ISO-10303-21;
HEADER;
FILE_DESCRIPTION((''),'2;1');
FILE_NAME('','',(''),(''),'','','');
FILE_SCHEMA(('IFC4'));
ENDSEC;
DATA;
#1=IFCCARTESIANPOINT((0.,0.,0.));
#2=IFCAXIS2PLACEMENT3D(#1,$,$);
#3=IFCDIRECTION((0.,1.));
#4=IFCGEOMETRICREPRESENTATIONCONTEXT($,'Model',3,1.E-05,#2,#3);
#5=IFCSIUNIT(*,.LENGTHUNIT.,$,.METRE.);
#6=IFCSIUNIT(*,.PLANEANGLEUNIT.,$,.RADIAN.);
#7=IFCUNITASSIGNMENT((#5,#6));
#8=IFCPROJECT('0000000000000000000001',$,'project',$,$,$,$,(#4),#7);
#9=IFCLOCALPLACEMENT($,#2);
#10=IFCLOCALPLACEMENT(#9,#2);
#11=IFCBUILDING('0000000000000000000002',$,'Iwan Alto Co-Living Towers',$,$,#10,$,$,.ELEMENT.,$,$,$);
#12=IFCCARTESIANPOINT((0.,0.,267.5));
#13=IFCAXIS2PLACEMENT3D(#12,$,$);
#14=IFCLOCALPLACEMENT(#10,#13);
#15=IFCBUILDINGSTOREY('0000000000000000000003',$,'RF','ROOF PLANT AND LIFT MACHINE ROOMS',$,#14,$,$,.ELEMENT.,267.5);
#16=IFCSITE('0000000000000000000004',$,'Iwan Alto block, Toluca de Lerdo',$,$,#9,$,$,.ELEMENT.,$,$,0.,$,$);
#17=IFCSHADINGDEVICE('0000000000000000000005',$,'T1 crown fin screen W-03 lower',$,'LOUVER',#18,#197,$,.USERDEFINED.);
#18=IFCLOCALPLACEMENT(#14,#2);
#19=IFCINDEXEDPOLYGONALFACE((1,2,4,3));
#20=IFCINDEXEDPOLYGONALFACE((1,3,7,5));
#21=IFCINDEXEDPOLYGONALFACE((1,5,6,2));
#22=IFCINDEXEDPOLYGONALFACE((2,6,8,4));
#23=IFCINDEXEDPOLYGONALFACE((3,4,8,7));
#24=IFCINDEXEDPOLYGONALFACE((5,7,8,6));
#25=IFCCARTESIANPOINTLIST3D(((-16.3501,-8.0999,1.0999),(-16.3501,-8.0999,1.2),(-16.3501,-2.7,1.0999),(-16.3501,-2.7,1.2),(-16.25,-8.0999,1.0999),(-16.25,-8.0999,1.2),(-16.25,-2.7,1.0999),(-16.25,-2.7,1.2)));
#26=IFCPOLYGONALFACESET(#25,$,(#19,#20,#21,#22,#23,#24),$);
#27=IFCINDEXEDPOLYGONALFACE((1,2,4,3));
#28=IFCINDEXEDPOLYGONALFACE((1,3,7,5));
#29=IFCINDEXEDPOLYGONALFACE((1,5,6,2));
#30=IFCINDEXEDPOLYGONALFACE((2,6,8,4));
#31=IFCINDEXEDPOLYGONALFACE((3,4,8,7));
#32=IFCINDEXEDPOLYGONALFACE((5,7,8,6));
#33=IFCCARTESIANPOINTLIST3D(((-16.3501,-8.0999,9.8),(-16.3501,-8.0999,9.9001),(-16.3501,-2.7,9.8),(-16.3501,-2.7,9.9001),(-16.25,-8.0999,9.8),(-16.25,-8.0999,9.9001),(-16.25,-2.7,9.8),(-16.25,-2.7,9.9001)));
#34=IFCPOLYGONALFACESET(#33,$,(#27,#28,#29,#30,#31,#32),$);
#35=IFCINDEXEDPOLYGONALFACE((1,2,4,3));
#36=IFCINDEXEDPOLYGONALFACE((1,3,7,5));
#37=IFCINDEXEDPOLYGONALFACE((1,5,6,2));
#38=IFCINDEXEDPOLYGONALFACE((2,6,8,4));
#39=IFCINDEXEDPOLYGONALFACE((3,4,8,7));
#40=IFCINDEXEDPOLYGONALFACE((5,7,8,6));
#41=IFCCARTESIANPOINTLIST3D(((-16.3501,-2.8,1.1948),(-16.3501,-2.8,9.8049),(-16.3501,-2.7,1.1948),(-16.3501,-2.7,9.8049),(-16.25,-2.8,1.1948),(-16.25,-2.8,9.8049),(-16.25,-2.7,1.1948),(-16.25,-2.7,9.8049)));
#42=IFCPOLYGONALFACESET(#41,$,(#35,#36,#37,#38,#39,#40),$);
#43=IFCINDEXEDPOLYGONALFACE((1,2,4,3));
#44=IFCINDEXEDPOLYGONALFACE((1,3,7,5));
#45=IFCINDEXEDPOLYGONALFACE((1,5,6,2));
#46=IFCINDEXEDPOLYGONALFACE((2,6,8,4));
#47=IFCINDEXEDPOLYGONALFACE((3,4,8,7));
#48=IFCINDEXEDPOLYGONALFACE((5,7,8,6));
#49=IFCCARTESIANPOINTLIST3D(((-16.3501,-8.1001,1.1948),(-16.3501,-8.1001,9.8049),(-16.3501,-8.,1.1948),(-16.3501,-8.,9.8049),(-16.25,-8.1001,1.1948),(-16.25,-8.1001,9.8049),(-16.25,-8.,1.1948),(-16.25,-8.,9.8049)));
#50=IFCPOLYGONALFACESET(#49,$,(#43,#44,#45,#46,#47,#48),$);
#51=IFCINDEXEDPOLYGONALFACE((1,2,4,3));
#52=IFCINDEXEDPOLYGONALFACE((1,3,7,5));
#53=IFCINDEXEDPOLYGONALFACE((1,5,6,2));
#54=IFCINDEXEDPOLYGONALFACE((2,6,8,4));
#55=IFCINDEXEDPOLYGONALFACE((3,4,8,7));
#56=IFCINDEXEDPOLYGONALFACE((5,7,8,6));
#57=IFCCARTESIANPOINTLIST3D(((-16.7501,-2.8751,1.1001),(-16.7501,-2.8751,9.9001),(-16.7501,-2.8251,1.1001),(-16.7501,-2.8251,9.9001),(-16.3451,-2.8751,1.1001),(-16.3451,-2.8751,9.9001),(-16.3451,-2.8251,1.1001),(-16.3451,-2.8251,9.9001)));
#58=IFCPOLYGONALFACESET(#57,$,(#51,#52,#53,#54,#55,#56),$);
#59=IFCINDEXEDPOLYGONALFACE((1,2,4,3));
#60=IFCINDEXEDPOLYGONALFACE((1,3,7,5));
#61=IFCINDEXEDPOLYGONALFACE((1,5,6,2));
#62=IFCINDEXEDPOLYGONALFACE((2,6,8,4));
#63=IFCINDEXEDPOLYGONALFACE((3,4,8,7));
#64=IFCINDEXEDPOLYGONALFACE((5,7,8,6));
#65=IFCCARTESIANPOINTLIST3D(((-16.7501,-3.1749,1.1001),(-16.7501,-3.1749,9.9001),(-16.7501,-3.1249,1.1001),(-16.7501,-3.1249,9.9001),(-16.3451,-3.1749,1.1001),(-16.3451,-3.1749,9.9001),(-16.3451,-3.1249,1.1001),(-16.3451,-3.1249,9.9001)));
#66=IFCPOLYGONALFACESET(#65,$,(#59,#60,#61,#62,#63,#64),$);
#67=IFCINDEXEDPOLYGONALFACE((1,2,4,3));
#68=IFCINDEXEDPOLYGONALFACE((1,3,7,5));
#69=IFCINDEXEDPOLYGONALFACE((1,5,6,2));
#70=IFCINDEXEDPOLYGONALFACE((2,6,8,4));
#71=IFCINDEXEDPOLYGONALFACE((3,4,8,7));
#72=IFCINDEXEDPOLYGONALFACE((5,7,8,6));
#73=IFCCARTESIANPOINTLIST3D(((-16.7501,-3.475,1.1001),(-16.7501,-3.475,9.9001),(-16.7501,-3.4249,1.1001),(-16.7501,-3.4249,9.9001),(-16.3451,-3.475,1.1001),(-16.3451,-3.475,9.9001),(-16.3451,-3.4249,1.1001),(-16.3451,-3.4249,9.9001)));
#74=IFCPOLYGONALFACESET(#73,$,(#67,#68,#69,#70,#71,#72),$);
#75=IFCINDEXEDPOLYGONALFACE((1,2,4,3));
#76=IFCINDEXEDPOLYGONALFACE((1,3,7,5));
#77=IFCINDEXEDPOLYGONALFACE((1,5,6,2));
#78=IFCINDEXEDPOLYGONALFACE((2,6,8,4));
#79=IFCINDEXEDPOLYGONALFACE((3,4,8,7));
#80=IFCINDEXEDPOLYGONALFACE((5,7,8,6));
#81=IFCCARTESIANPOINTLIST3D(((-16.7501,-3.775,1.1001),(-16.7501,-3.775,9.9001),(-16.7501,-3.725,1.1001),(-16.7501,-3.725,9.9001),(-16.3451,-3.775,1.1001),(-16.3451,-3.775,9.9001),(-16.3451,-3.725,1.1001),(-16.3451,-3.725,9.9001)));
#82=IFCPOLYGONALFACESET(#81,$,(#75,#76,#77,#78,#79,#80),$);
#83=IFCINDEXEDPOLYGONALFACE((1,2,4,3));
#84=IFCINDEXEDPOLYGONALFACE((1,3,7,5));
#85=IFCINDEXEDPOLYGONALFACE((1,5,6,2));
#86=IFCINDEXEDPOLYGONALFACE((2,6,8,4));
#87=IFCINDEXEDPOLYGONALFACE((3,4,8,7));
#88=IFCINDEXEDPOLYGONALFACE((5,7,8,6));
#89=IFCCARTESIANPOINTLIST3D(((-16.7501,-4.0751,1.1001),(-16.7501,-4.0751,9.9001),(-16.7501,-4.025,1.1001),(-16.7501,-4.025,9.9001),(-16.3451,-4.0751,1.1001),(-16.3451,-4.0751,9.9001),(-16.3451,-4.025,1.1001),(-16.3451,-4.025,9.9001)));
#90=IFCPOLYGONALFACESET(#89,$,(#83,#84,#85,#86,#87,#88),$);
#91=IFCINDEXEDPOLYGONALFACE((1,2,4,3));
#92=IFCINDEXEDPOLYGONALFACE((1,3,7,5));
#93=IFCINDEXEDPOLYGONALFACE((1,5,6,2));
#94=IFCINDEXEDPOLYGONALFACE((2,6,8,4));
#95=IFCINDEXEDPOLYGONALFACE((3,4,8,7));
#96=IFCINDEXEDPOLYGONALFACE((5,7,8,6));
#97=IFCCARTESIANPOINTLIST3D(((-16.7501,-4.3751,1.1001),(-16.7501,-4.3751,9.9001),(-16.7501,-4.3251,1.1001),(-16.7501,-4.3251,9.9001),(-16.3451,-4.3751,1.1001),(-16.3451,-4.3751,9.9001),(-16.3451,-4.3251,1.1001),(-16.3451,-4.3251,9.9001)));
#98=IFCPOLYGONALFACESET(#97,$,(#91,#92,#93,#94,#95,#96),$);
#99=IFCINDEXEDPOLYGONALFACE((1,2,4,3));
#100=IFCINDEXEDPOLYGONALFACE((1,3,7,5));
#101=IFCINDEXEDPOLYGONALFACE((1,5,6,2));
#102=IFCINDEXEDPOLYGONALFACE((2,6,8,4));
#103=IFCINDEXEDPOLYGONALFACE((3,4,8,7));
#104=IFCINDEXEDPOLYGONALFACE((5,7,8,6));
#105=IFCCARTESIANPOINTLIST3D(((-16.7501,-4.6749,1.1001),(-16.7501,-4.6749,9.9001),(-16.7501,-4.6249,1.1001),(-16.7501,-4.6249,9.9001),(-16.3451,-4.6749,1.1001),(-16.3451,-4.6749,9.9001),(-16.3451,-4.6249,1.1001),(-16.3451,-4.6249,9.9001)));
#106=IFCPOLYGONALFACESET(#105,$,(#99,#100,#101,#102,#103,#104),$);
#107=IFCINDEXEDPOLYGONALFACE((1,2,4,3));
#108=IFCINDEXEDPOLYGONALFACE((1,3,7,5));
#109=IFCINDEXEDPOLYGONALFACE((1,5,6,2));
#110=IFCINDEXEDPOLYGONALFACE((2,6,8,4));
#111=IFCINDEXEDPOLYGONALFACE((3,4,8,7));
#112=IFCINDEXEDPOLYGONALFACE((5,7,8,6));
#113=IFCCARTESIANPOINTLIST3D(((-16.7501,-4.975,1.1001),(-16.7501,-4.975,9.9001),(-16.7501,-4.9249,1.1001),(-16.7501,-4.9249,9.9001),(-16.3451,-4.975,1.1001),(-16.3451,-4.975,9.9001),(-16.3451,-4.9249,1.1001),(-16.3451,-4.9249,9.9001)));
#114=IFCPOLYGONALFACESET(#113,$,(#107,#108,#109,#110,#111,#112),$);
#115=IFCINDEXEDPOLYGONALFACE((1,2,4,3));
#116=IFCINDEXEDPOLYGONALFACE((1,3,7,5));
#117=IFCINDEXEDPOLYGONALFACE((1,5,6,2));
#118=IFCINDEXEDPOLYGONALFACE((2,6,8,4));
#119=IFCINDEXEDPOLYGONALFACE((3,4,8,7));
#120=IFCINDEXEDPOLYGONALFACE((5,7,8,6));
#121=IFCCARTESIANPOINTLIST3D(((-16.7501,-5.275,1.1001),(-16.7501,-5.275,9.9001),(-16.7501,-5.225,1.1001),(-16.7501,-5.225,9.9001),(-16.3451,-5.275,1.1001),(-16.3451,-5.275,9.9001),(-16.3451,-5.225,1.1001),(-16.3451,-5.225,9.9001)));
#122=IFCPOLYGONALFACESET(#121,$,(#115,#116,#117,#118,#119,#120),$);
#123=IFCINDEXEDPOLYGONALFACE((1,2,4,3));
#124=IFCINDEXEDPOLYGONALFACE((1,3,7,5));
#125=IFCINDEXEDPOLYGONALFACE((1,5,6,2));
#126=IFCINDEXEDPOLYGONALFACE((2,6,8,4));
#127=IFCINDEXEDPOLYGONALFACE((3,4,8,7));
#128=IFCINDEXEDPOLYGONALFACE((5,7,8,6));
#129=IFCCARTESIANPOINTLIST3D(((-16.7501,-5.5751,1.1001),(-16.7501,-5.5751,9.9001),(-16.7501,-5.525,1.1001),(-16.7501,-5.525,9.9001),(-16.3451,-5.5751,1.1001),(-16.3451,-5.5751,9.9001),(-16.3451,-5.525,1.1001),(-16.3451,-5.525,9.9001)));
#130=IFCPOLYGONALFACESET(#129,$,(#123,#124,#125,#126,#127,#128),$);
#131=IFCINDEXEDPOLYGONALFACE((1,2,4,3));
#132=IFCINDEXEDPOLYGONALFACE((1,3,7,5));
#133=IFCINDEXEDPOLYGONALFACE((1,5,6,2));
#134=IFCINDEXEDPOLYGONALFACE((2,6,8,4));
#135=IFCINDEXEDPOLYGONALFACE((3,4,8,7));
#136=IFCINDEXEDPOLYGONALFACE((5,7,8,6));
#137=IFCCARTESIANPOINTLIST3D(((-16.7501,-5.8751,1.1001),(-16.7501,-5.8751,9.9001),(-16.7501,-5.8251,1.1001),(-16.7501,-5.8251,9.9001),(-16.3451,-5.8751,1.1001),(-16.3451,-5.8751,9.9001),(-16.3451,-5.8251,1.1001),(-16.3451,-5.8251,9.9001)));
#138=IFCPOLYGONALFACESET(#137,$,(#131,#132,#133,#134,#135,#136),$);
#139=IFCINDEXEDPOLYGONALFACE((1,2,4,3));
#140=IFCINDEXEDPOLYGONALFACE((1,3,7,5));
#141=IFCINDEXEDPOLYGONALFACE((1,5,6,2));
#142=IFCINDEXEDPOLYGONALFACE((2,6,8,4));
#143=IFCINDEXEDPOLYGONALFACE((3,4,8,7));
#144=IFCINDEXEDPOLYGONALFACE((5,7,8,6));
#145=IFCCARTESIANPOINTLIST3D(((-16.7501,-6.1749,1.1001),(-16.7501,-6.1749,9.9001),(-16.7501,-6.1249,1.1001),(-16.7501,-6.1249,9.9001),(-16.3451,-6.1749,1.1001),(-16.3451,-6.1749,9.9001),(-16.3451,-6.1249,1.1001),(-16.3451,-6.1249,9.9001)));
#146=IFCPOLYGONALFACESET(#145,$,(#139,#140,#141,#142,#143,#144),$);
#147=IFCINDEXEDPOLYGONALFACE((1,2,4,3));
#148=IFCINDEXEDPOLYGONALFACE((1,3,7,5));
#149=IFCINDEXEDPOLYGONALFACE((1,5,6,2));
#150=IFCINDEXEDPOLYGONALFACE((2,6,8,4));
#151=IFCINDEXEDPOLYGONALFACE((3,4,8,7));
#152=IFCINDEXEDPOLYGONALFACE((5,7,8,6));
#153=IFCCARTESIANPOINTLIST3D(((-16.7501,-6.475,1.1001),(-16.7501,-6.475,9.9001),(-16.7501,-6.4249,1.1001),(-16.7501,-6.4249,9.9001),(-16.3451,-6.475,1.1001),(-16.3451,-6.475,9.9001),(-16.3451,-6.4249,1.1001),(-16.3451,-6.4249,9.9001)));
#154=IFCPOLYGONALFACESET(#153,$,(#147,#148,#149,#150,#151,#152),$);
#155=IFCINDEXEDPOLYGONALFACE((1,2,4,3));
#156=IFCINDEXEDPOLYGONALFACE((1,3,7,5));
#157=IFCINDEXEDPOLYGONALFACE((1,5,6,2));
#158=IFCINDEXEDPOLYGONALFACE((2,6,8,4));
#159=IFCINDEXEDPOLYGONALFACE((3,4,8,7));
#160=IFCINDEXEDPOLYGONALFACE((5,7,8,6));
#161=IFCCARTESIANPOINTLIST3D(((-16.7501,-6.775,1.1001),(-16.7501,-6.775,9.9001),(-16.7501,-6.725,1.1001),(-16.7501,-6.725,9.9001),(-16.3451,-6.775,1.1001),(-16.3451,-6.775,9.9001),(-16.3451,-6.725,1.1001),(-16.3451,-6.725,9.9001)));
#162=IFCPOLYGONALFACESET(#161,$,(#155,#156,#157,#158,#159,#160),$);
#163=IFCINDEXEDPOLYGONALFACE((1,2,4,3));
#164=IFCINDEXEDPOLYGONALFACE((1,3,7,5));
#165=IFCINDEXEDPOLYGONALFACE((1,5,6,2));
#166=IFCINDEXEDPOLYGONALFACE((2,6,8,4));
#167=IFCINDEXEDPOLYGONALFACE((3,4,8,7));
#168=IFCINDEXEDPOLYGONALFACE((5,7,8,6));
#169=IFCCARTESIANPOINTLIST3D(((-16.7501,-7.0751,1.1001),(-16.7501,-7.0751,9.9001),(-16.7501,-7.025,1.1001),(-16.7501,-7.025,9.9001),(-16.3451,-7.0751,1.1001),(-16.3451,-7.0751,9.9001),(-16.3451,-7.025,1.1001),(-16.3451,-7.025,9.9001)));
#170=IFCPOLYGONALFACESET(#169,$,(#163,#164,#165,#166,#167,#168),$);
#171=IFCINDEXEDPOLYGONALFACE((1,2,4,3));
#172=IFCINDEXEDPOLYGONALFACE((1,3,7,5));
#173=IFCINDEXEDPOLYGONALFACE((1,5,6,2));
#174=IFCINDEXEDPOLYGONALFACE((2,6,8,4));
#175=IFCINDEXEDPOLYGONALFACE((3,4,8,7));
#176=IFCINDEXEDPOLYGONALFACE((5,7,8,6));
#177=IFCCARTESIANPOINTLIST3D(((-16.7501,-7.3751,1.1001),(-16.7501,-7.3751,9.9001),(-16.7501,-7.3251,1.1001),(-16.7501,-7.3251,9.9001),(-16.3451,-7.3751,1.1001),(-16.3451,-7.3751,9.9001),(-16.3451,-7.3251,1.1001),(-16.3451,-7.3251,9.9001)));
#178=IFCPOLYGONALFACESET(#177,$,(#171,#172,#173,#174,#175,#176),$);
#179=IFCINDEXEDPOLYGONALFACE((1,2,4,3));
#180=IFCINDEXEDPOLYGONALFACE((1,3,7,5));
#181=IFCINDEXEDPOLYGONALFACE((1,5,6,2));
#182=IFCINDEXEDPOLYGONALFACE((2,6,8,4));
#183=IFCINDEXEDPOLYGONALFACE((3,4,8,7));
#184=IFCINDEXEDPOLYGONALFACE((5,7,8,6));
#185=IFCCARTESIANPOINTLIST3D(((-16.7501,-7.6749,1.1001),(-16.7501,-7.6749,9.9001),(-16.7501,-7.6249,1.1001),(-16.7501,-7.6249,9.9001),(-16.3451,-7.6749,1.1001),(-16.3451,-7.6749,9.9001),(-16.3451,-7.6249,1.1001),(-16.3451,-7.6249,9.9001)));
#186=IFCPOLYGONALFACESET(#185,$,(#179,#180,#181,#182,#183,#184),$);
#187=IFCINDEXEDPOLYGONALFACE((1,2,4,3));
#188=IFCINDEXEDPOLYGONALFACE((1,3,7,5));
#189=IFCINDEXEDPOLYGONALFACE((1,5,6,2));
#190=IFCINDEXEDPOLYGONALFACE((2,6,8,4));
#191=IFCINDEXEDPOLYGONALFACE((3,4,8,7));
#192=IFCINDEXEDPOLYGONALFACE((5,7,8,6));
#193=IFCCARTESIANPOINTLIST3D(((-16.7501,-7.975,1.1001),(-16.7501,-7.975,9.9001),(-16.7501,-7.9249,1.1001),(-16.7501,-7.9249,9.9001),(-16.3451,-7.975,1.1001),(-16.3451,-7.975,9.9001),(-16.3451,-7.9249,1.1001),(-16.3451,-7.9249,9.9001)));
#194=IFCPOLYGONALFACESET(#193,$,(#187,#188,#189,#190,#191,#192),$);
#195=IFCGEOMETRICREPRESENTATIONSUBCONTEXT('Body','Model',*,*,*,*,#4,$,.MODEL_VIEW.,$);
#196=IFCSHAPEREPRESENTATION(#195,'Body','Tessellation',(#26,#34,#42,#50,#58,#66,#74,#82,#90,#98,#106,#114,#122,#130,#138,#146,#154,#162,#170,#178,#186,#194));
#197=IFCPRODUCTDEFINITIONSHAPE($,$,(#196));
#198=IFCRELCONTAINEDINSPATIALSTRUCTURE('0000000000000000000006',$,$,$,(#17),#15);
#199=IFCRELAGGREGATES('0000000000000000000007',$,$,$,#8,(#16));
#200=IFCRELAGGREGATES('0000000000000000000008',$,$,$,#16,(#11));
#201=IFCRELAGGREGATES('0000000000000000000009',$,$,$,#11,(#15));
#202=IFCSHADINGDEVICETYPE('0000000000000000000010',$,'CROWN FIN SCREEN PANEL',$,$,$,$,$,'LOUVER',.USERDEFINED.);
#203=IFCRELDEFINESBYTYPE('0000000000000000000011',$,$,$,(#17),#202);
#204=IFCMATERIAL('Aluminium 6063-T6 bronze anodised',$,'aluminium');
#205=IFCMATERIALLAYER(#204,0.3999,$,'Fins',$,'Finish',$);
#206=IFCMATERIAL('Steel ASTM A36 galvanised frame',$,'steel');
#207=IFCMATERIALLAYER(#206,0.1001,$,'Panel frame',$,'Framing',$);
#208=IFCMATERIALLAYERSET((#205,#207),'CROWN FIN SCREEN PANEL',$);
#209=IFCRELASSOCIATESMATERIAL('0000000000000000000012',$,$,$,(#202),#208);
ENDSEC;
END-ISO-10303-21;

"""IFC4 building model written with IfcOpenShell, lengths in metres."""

from ifc_helpers import new_model, si_unit, direction, frame, origin, origin_2d, place, context, subcontext, project, spatial, rectangle, extrude, material, layer, layer_set, type_object, element, save


model = new_model("IFC4")

# Units and contexts
model_context = context("Model", 3, precision=1e-05, world=origin(), true_north=direction((0.0, 1.0)))
body_context = subcontext(model_context, "Body", "Model", "MODEL_VIEW")
ifc_project = project(units=[si_unit("LENGTHUNIT", "METRE"), si_unit("PLANEANGLEUNIT", "RADIAN")], contexts=[model_context])

# Site, building, storey
site_placement = place(None, origin())
site = spatial("IfcSite", under=ifc_project, at=site_placement, Name="Iwan Alto block, Toluca de Lerdo", CompositionType="ELEMENT", RefElevation=0.0)
building_placement = place(site_placement, origin())
building = spatial("IfcBuilding", under=site, at=building_placement, Name="Iwan Alto Co-Living Towers", CompositionType="ELEMENT")
storey_placement = place(building_placement, frame((0.0, 0.0, 267.5)))
storey = spatial("IfcBuildingStorey", under=building, at=storey_placement, Name="RF", Description="ROOF PLANT AND LIFT MACHINE ROOMS", CompositionType="ELEMENT", Elevation=267.5)

# Shading device
ifc_material_1 = material(Name="Aluminium 6063-T6 bronze anodised", Category="aluminium")
ifc_layer_1 = layer(ifc_material_1, 0.3999, Name="Fins", Category="Finish")
ifc_material_2 = material(Name="Steel ASTM A36 galvanised frame", Category="steel")
ifc_layer_2 = layer(ifc_material_2, 0.1001, Name="Panel frame", Category="Framing")
ifc_layer_set = layer_set([ifc_layer_1, ifc_layer_2], Name="CROWN FIN SCREEN PANEL")
shading_device_type = type_object("IfcShadingDeviceType", Name="CROWN FIN SCREEN PANEL", ElementType="LOUVER", PredefinedType="USERDEFINED", material=ifc_layer_set)
shading_device_1_placement = place(storey_placement, frame((0.0, 0.0, -267.5)))
element("IfcShadingDevice", 1, at=shading_device_1_placement, inside=storey, type_object=shading_device_type, Name="T1 crown fin screen W-03 lower", ObjectType="LOUVER", PredefinedType="USERDEFINED", context=body_context, shape_type="SweptSolid", body=[
    extrude(rectangle(XDim=5.3999, YDim=0.1001, at=origin_2d()), frame((-16.3, -5.3999, 268.5999), z_axis=(0.0, 0.0, 1.0), x_axis=(0.0, -1.0, 0.0)), (0.0, 0.0, 1.0), 0.1001),
    extrude(rectangle(XDim=5.3999, YDim=0.1001, at=origin_2d()), frame((-16.3, -5.3999, 277.3), z_axis=(0.0, 0.0, 1.0), x_axis=(0.0, -1.0, 0.0)), (0.0, 0.0, 1.0), 0.1001),
    extrude(rectangle(XDim=0.1001, YDim=0.1001, at=origin_2d()), frame((-16.3, -2.75, 268.6948), z_axis=(0.0, 0.0, 1.0), x_axis=(0.0, -1.0, 0.0)), (0.0, 0.0, 1.0), 8.6101),
    extrude(rectangle(XDim=0.1001, YDim=0.1001, at=origin_2d()), frame((-16.3, -8.05, 268.6948), z_axis=(0.0, 0.0, 1.0), x_axis=(0.0, -1.0, 0.0)), (0.0, 0.0, 1.0), 8.6101),
    extrude(rectangle(XDim=0.05, YDim=0.405, at=origin_2d()), frame((-16.5476, -2.8501, 268.6001), z_axis=(0.0, 0.0, 1.0), x_axis=(0.0, -1.0, 0.0)), (0.0, 0.0, 1.0), 8.8),
    extrude(rectangle(XDim=0.05, YDim=0.405, at=origin_2d()), frame((-16.5476, -3.1499, 268.6001), z_axis=(0.0, 0.0, 1.0), x_axis=(0.0, -1.0, 0.0)), (0.0, 0.0, 1.0), 8.8),
    extrude(rectangle(XDim=0.05, YDim=0.405, at=origin_2d()), frame((-16.5476, -3.45, 268.6001), z_axis=(0.0, 0.0, 1.0), x_axis=(0.0, -1.0, 0.0)), (0.0, 0.0, 1.0), 8.8),
    extrude(rectangle(XDim=0.05, YDim=0.405, at=origin_2d()), frame((-16.5476, -3.75, 268.6001), z_axis=(0.0, 0.0, 1.0), x_axis=(0.0, -1.0, 0.0)), (0.0, 0.0, 1.0), 8.8),
    extrude(rectangle(XDim=0.05, YDim=0.405, at=origin_2d()), frame((-16.5476, -4.05, 268.6001), z_axis=(0.0, 0.0, 1.0), x_axis=(0.0, -1.0, 0.0)), (0.0, 0.0, 1.0), 8.8),
    extrude(rectangle(XDim=0.05, YDim=0.405, at=origin_2d()), frame((-16.5476, -4.3501, 268.6001), z_axis=(0.0, 0.0, 1.0), x_axis=(0.0, -1.0, 0.0)), (0.0, 0.0, 1.0), 8.8),
    extrude(rectangle(XDim=0.05, YDim=0.405, at=origin_2d()), frame((-16.5476, -4.6499, 268.6001), z_axis=(0.0, 0.0, 1.0), x_axis=(0.0, -1.0, 0.0)), (0.0, 0.0, 1.0), 8.8),
    extrude(rectangle(XDim=0.05, YDim=0.405, at=origin_2d()), frame((-16.5476, -4.95, 268.6001), z_axis=(0.0, 0.0, 1.0), x_axis=(0.0, -1.0, 0.0)), (0.0, 0.0, 1.0), 8.8),
    extrude(rectangle(XDim=0.05, YDim=0.405, at=origin_2d()), frame((-16.5476, -5.25, 268.6001), z_axis=(0.0, 0.0, 1.0), x_axis=(0.0, -1.0, 0.0)), (0.0, 0.0, 1.0), 8.8),
    extrude(rectangle(XDim=0.05, YDim=0.405, at=origin_2d()), frame((-16.5476, -5.55, 268.6001), z_axis=(0.0, 0.0, 1.0), x_axis=(0.0, -1.0, 0.0)), (0.0, 0.0, 1.0), 8.8),
    extrude(rectangle(XDim=0.05, YDim=0.405, at=origin_2d()), frame((-16.5476, -5.8501, 268.6001), z_axis=(0.0, 0.0, 1.0), x_axis=(0.0, -1.0, 0.0)), (0.0, 0.0, 1.0), 8.8),
    extrude(rectangle(XDim=0.05, YDim=0.405, at=origin_2d()), frame((-16.5476, -6.1499, 268.6001), z_axis=(0.0, 0.0, 1.0), x_axis=(0.0, -1.0, 0.0)), (0.0, 0.0, 1.0), 8.8),
    extrude(rectangle(XDim=0.05, YDim=0.405, at=origin_2d()), frame((-16.5476, -6.45, 268.6001), z_axis=(0.0, 0.0, 1.0), x_axis=(0.0, -1.0, 0.0)), (0.0, 0.0, 1.0), 8.8),
    extrude(rectangle(XDim=0.05, YDim=0.405, at=origin_2d()), frame((-16.5476, -6.75, 268.6001), z_axis=(0.0, 0.0, 1.0), x_axis=(0.0, -1.0, 0.0)), (0.0, 0.0, 1.0), 8.8),
    extrude(rectangle(XDim=0.05, YDim=0.405, at=origin_2d()), frame((-16.5476, -7.05, 268.6001), z_axis=(0.0, 0.0, 1.0), x_axis=(0.0, -1.0, 0.0)), (0.0, 0.0, 1.0), 8.8),
    extrude(rectangle(XDim=0.05, YDim=0.405, at=origin_2d()), frame((-16.5476, -7.3501, 268.6001), z_axis=(0.0, 0.0, 1.0), x_axis=(0.0, -1.0, 0.0)), (0.0, 0.0, 1.0), 8.8),
    extrude(rectangle(XDim=0.05, YDim=0.405, at=origin_2d()), frame((-16.5476, -7.6499, 268.6001), z_axis=(0.0, 0.0, 1.0), x_axis=(0.0, -1.0, 0.0)), (0.0, 0.0, 1.0), 8.8),
    extrude(rectangle(XDim=0.05, YDim=0.405, at=origin_2d()), frame((-16.5476, -7.95, 268.6001), z_axis=(0.0, 0.0, 1.0), x_axis=(0.0, -1.0, 0.0)), (0.0, 0.0, 1.0), 8.8),
])

save(model, "model.ifc")
